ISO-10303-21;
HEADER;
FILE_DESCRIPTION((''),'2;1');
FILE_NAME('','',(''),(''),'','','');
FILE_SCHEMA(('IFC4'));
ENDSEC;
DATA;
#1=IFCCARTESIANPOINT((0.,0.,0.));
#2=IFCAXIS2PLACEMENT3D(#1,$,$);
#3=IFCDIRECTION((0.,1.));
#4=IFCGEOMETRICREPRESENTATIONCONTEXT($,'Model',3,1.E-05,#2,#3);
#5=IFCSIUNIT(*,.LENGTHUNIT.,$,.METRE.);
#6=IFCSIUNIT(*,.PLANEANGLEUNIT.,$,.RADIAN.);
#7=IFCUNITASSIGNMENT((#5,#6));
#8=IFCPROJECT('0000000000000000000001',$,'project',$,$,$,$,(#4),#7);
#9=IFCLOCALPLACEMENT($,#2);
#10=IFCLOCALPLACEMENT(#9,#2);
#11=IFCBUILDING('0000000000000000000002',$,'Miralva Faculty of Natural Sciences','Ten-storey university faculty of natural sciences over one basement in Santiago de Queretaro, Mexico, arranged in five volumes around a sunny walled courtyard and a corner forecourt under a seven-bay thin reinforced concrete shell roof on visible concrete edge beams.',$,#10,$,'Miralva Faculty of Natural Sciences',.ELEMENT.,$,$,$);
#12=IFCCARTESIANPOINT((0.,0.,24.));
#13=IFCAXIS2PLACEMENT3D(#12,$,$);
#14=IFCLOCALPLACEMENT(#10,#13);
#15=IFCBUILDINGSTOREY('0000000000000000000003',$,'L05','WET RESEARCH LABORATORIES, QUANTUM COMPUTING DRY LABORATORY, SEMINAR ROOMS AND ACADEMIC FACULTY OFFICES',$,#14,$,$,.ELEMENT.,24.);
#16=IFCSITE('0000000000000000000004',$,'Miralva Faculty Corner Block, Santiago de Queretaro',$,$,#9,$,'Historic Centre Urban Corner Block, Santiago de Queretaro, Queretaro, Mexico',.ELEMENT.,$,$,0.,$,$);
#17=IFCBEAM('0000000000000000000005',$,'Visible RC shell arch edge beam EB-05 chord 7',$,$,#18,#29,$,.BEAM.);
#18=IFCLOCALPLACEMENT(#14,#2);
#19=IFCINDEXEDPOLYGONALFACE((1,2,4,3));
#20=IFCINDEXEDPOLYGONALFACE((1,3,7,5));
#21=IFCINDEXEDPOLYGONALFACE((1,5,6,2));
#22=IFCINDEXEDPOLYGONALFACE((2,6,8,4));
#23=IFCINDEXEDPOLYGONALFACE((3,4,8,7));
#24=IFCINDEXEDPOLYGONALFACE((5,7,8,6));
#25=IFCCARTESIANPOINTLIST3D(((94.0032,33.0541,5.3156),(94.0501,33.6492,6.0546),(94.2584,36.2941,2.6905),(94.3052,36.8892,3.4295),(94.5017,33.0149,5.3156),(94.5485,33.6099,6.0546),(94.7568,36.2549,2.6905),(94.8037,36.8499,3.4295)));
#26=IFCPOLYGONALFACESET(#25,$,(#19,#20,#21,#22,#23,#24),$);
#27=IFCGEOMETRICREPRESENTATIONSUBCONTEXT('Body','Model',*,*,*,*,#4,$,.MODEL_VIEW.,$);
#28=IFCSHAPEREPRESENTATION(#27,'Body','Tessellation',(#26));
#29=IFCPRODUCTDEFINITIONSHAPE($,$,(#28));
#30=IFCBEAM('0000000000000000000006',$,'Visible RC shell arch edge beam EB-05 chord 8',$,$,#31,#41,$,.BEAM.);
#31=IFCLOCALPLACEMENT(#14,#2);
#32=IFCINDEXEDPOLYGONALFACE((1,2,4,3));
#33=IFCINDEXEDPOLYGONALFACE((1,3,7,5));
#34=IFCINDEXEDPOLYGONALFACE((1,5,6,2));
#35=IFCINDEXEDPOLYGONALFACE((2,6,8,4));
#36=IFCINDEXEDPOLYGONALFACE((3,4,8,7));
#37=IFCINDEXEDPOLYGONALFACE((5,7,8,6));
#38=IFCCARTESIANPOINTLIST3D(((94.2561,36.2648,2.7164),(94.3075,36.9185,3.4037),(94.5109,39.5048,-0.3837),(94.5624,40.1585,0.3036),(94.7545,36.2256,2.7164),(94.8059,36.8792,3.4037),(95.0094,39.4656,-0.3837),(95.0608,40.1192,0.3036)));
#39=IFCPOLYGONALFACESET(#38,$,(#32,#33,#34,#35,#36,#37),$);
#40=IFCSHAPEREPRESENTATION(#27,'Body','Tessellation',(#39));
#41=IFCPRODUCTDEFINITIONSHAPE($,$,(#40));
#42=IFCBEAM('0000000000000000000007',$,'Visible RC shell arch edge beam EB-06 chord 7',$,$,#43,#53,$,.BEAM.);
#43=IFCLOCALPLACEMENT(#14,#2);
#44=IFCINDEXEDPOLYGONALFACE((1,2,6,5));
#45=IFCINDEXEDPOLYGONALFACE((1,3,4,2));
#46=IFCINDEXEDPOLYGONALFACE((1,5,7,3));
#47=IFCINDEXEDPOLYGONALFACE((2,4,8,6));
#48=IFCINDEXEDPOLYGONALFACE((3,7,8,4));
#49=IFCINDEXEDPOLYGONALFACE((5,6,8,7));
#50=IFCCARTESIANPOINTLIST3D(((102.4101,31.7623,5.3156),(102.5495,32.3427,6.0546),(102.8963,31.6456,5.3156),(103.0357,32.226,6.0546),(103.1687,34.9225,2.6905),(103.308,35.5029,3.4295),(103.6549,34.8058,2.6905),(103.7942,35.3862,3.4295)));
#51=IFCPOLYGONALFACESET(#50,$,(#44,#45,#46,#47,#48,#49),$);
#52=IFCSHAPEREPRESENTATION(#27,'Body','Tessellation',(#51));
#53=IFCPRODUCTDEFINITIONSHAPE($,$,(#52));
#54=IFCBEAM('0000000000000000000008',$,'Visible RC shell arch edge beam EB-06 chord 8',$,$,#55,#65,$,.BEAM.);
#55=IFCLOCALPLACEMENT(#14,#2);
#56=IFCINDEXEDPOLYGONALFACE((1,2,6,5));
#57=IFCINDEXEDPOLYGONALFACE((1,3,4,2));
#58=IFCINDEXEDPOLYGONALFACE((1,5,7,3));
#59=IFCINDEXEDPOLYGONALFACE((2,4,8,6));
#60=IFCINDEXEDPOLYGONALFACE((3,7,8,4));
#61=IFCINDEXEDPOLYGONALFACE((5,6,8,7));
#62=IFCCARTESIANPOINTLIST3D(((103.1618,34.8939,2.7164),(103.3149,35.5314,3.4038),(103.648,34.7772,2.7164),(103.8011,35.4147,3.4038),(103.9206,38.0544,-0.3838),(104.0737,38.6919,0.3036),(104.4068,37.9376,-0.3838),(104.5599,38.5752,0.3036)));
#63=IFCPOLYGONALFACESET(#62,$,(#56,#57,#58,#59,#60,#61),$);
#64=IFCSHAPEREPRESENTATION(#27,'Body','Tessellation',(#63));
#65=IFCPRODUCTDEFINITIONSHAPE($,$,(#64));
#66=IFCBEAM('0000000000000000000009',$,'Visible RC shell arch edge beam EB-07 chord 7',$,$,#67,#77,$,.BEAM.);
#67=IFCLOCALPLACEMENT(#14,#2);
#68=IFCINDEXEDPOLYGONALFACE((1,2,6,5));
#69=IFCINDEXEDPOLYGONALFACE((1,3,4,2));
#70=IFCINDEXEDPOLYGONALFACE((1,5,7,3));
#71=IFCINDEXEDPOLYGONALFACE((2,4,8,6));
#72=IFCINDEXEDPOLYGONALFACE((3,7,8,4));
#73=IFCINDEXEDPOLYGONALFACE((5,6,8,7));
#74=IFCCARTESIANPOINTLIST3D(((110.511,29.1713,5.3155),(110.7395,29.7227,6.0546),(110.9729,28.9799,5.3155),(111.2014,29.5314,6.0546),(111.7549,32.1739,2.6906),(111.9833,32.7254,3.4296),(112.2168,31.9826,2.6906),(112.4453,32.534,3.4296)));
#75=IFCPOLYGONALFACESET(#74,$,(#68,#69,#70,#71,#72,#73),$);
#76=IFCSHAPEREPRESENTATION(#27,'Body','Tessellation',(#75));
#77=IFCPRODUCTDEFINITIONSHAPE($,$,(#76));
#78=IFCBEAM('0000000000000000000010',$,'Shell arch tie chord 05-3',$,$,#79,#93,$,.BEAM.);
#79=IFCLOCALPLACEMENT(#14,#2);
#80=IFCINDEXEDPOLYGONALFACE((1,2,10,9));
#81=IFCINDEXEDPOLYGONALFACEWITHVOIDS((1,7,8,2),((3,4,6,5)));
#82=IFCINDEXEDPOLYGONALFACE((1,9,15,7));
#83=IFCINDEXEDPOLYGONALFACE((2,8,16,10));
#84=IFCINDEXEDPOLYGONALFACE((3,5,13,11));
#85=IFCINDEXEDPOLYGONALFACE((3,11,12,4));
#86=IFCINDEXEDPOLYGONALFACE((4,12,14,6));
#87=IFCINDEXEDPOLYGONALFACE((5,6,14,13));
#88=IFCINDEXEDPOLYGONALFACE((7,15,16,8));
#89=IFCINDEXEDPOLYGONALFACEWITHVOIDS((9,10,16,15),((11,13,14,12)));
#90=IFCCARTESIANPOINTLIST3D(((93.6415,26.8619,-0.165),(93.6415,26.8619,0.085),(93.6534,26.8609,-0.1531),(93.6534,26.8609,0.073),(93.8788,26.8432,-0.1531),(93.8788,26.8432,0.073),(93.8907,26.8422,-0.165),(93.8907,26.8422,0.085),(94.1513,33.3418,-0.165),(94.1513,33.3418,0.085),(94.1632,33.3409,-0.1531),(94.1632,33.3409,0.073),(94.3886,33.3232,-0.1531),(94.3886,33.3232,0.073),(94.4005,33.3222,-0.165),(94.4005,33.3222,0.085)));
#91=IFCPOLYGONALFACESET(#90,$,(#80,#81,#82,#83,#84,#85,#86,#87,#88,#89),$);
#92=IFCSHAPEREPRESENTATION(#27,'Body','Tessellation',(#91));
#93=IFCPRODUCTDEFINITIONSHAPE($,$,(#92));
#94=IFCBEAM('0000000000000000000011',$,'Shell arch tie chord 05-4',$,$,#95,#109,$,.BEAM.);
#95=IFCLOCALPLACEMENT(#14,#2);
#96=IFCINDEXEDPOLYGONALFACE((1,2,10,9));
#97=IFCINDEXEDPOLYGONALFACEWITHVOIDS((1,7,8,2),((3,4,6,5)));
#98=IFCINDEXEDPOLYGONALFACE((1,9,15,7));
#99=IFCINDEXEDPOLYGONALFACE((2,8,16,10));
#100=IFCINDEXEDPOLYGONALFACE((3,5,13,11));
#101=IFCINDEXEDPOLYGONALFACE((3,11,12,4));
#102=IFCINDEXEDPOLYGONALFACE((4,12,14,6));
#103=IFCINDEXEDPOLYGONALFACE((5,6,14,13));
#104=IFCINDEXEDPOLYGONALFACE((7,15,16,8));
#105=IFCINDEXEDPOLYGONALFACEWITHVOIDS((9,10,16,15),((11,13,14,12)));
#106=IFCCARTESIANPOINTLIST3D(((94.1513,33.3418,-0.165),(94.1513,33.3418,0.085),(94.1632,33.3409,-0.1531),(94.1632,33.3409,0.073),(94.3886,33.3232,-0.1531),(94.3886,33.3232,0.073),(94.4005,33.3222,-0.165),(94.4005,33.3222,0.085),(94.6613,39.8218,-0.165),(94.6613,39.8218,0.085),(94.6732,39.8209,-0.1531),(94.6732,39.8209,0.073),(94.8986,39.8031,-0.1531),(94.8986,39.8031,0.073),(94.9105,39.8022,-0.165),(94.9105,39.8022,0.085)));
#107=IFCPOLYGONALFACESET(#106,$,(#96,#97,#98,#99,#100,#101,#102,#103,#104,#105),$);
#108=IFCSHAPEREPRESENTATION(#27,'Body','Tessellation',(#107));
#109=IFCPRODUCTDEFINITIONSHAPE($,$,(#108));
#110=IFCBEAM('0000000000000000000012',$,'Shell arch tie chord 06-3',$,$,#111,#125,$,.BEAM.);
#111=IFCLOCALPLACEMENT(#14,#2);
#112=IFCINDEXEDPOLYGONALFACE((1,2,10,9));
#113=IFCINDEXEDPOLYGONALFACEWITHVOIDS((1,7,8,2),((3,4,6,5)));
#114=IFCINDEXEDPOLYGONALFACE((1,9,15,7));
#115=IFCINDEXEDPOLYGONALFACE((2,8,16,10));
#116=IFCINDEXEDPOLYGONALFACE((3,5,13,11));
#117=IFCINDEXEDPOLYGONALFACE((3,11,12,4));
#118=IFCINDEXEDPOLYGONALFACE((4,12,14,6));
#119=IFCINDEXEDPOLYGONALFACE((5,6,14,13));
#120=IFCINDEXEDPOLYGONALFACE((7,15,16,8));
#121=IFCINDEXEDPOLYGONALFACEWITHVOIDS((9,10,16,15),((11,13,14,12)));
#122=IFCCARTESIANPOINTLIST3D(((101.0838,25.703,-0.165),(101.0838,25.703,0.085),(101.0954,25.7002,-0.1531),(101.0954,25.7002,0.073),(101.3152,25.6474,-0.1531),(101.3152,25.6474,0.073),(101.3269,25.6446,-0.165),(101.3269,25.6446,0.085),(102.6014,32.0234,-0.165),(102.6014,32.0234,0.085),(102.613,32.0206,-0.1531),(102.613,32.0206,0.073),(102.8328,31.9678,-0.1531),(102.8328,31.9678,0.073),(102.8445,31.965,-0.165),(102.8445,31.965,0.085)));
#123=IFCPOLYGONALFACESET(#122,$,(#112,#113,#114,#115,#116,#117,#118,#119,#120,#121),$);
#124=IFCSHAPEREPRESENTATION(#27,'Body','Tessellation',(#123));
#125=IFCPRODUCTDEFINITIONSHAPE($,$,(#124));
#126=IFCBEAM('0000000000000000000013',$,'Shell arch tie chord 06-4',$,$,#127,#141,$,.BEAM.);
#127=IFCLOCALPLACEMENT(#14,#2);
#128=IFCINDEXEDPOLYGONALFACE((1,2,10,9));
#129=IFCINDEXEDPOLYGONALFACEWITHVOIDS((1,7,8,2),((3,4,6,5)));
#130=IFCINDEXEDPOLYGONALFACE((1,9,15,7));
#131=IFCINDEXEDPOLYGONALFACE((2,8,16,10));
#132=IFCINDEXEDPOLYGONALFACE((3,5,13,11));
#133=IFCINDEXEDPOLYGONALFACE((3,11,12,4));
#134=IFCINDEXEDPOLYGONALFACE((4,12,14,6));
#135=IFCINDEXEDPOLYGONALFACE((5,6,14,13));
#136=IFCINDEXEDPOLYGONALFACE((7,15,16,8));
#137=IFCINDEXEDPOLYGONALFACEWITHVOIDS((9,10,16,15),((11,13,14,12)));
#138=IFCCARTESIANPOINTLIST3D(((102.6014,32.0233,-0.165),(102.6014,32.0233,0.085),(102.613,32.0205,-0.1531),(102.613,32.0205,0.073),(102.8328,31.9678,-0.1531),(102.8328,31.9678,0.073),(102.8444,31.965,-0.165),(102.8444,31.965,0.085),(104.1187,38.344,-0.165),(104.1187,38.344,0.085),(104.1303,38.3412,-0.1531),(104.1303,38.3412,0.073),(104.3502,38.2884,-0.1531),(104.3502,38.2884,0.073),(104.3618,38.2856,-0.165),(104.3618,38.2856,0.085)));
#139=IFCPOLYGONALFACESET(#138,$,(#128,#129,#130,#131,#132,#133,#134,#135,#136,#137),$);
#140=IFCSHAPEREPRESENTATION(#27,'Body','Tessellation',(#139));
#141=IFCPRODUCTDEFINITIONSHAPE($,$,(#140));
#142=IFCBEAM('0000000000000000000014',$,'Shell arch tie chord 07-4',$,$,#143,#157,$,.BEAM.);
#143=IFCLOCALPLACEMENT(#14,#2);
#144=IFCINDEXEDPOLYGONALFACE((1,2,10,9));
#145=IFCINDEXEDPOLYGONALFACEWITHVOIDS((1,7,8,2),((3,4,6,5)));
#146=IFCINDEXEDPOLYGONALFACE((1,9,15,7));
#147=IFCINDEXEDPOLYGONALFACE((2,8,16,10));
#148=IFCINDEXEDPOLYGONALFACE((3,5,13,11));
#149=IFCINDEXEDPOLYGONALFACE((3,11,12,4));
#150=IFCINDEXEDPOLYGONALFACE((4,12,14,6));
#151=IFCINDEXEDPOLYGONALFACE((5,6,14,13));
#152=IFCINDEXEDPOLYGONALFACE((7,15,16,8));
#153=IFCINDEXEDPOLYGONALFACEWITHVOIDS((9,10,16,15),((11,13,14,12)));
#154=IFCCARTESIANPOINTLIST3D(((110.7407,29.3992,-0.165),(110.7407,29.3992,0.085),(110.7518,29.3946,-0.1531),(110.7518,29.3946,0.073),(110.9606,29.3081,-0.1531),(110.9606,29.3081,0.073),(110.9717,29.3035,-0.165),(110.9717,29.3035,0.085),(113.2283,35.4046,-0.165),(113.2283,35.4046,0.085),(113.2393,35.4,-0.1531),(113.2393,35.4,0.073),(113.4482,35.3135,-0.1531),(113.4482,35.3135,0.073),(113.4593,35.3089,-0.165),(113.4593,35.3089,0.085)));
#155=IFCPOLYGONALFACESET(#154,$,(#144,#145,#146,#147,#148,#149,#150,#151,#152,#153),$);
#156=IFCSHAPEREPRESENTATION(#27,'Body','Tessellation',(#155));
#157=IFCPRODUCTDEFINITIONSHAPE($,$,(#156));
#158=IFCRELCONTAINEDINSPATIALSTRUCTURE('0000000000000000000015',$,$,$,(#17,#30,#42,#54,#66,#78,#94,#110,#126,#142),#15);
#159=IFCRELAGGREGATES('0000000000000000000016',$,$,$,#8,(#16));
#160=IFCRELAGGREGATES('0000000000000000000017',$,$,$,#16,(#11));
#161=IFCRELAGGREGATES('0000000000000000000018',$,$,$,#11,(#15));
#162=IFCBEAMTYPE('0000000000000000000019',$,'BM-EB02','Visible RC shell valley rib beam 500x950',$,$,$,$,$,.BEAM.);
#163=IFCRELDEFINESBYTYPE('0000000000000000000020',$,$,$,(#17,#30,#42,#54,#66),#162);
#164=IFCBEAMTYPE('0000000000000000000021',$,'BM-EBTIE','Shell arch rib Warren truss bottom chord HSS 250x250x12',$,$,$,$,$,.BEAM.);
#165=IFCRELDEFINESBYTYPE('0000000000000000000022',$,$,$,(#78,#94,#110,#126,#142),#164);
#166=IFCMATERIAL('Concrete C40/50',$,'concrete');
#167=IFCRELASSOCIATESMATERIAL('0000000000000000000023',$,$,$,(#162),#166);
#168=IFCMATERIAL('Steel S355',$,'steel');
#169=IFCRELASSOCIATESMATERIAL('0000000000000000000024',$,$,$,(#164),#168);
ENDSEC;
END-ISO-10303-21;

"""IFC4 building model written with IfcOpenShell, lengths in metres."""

from ifc_helpers import new_model, si_unit, direction, frame, origin, origin_2d, place, context, subcontext, project, spatial, rectangle, hollow_rectangle, extrude, material, material_profile, profile_set, type_object, element, save


model = new_model("IFC4")

# Units and contexts
model_context = context("Model", 3, precision=1e-05, world=origin(), true_north=direction((0.0, 1.0)))
body_context = subcontext(model_context, "Body", "Model", "MODEL_VIEW")
ifc_project = project(units=[si_unit("LENGTHUNIT", "METRE"), si_unit("PLANEANGLEUNIT", "RADIAN")], contexts=[model_context])

# Site, building, storey
site_placement = place(None, origin())
site = spatial("IfcSite", under=ifc_project, at=site_placement, Name="Miralva Faculty Corner Block, Santiago de Queretaro", LongName="Historic Centre Urban Corner Block, Santiago de Queretaro, Queretaro, Mexico", CompositionType="ELEMENT", RefElevation=0.0)
building_placement = place(site_placement, origin())
building = spatial("IfcBuilding", under=site, at=building_placement, Name="Miralva Faculty of Natural Sciences", Description="Ten-storey university faculty of natural sciences over one basement in Santiago de Queretaro, Mexico, arranged in five volumes around a sunny walled courtyard and a corner forecourt under a seven-bay thin reinforced concrete shell roof on visible concrete edge beams.", LongName="Miralva Faculty of Natural Sciences", CompositionType="ELEMENT")
storey_placement = place(building_placement, frame((0.0, 0.0, 24.0)))
storey = spatial("IfcBuildingStorey", under=building, at=storey_placement, Name="L05", Description="WET RESEARCH LABORATORIES, QUANTUM COMPUTING DRY LABORATORY, SEMINAR ROOMS AND ACADEMIC FACULTY OFFICES", CompositionType="ELEMENT", Elevation=24.0)

# Beams
ifc_material_1 = material(Name="Concrete C40/50", Category="concrete")
ifc_material_profile_1 = material_profile(ifc_material_1, rectangle(XDim=0.5, YDim=0.95, at=origin_2d()), Name="RC 500x950")
ifc_profile_set_1 = profile_set([ifc_material_profile_1], Name="Concrete C40/50")
beam_type_1 = type_object("IfcBeamType", Name="BM-EB02", Description="Visible RC shell valley rib beam 500x950", PredefinedType="BEAM", material=ifc_profile_set_1)
beam_1_placement = place(storey_placement, frame((94.2759, 33.332, 5.6851), z_axis=(0.061069, 0.775542, -0.628335), x_axis=(-0.996914, 0.0785, 0.0)))
element("IfcBeam", 1, at=beam_1_placement, inside=storey, type_object=beam_type_1, Name="Visible RC shell arch edge beam EB-05 chord 7", PredefinedType="BEAM", context=body_context, shape_type="SweptSolid", body=[
    extrude(rectangle(XDim=0.5, YDim=0.95, at=origin_2d()), origin(), (0.0, 0.0, 1.0), 4.1777),
])
beam_2_placement = place(storey_placement, frame((94.531, 36.572, 3.0601), z_axis=(0.056748, 0.721369, -0.690222), x_axis=(-0.99692, 0.078425, 0.0)))
element("IfcBeam", 2, at=beam_2_placement, inside=storey, type_object=beam_type_1, Name="Visible RC shell arch edge beam EB-05 chord 8", PredefinedType="BEAM", context=body_context, shape_type="SweptSolid", body=[
    extrude(rectangle(XDim=0.5, YDim=0.95, at=origin_2d()), origin(), (0.0, 0.0, 1.0), 4.4915),
])
beam_3_placement = place(storey_placement, frame((102.7229, 31.9941, 5.6851), z_axis=(0.181573, 0.756447, -0.628347), x_axis=(-0.97238, 0.233404, 0.0)))
element("IfcBeam", 3, at=beam_3_placement, inside=storey, type_object=beam_type_1, Name="Visible RC shell arch edge beam EB-06 chord 7", PredefinedType="BEAM", context=body_context, shape_type="SweptSolid", body=[
    extrude(rectangle(XDim=0.5, YDim=0.95, at=origin_2d()), origin(), (0.0, 0.0, 1.0), 4.1777),
])
beam_4_placement = place(storey_placement, frame((103.4814, 35.1543, 3.0601), z_axis=(0.168935, 0.703624, -0.690199), x_axis=(-0.972367, 0.233458, 0.0)))
element("IfcBeam", 4, at=beam_4_placement, inside=storey, type_object=beam_type_1, Name="Visible RC shell arch edge beam EB-06 chord 8", PredefinedType="BEAM", context=body_context, shape_type="SweptSolid", body=[
    extrude(rectangle(XDim=0.5, YDim=0.95, at=origin_2d()), origin(), (0.0, 0.0, 1.0), 4.4917),
])
beam_5_placement = place(storey_placement, frame((110.8562, 29.3513, 5.6851), z_axis=(0.29774, 0.718724, -0.628321), x_axis=(-0.923864, 0.382721, 0.0)))
element("IfcBeam", 5, at=beam_5_placement, inside=storey, type_object=beam_type_1, Name="Visible RC shell arch edge beam EB-07 chord 7", PredefinedType="BEAM", context=body_context, shape_type="SweptSolid", body=[
    extrude(rectangle(XDim=0.5, YDim=0.95, at=origin_2d()), origin(), (0.0, 0.0, 1.0), 4.1777),
])
ifc_material_2 = material(Name="Steel S355", Category="steel")
ifc_material_profile_2 = material_profile(ifc_material_2, hollow_rectangle(XDim=0.25, YDim=0.25, WallThickness=0.012, at=origin_2d()), Name="HSS 250x250x12")
ifc_profile_set_2 = profile_set([ifc_material_profile_2], Name="Steel S355")
beam_type_2 = type_object("IfcBeamType", Name="BM-EBTIE", Description="Shell arch rib Warren truss bottom chord HSS 250x250x12", PredefinedType="BEAM", material=ifc_profile_set_2)
for number, where, z_axis, x_axis, name in (
    (6, (93.7661, 26.8521, -0.04), (0.078425, 0.99692, 0.0), (-0.99692, 0.078425, 0.0), "Shell arch tie chord 05-3"),
    (7, (94.2759, 33.332, -0.04), (0.078463, 0.996917, 0.0), (-0.996917, 0.078463, 0.0), "Shell arch tie chord 05-4"),
    (8, (101.2053, 25.6738, -0.04), (0.233475, 0.972363, 0.0), (-0.972363, 0.233475, 0.0), "Shell arch tie chord 06-3"),
):
    element("IfcBeam", number, at=place(storey_placement, frame(where, z_axis=z_axis, x_axis=x_axis)), inside=storey, type_object=beam_type_2, Name=name, PredefinedType="BEAM", context=body_context, shape_type="SweptSolid", body=[
        extrude(hollow_rectangle(XDim=0.25, YDim=0.25, WallThickness=0.012, at=origin_2d()), origin(), (0.0, 0.0, 1.0), 6.5),
    ])
for number, where, z_axis, x_axis, name in (
    (9, (102.7229, 31.9941, -0.04), (0.233431, 0.972373, 0.0), (-0.972373, 0.233431, 0.0), "Shell arch tie chord 06-4"),
    (10, (110.8562, 29.3513, -0.04), (0.382689, 0.923877, 0.0), (-0.923877, 0.382689, 0.0), "Shell arch tie chord 07-4"),
):
    element("IfcBeam", number, at=place(storey_placement, frame(where, z_axis=z_axis, x_axis=x_axis)), inside=storey, type_object=beam_type_2, Name=name, PredefinedType="BEAM", context=body_context, shape_type="SweptSolid", body=[
        extrude(hollow_rectangle(XDim=0.25, YDim=0.25, WallThickness=0.012, at=origin_2d()), origin(), (0.0, 0.0, 1.0), 6.5002),
    ])

save(model, "model.ifc")
